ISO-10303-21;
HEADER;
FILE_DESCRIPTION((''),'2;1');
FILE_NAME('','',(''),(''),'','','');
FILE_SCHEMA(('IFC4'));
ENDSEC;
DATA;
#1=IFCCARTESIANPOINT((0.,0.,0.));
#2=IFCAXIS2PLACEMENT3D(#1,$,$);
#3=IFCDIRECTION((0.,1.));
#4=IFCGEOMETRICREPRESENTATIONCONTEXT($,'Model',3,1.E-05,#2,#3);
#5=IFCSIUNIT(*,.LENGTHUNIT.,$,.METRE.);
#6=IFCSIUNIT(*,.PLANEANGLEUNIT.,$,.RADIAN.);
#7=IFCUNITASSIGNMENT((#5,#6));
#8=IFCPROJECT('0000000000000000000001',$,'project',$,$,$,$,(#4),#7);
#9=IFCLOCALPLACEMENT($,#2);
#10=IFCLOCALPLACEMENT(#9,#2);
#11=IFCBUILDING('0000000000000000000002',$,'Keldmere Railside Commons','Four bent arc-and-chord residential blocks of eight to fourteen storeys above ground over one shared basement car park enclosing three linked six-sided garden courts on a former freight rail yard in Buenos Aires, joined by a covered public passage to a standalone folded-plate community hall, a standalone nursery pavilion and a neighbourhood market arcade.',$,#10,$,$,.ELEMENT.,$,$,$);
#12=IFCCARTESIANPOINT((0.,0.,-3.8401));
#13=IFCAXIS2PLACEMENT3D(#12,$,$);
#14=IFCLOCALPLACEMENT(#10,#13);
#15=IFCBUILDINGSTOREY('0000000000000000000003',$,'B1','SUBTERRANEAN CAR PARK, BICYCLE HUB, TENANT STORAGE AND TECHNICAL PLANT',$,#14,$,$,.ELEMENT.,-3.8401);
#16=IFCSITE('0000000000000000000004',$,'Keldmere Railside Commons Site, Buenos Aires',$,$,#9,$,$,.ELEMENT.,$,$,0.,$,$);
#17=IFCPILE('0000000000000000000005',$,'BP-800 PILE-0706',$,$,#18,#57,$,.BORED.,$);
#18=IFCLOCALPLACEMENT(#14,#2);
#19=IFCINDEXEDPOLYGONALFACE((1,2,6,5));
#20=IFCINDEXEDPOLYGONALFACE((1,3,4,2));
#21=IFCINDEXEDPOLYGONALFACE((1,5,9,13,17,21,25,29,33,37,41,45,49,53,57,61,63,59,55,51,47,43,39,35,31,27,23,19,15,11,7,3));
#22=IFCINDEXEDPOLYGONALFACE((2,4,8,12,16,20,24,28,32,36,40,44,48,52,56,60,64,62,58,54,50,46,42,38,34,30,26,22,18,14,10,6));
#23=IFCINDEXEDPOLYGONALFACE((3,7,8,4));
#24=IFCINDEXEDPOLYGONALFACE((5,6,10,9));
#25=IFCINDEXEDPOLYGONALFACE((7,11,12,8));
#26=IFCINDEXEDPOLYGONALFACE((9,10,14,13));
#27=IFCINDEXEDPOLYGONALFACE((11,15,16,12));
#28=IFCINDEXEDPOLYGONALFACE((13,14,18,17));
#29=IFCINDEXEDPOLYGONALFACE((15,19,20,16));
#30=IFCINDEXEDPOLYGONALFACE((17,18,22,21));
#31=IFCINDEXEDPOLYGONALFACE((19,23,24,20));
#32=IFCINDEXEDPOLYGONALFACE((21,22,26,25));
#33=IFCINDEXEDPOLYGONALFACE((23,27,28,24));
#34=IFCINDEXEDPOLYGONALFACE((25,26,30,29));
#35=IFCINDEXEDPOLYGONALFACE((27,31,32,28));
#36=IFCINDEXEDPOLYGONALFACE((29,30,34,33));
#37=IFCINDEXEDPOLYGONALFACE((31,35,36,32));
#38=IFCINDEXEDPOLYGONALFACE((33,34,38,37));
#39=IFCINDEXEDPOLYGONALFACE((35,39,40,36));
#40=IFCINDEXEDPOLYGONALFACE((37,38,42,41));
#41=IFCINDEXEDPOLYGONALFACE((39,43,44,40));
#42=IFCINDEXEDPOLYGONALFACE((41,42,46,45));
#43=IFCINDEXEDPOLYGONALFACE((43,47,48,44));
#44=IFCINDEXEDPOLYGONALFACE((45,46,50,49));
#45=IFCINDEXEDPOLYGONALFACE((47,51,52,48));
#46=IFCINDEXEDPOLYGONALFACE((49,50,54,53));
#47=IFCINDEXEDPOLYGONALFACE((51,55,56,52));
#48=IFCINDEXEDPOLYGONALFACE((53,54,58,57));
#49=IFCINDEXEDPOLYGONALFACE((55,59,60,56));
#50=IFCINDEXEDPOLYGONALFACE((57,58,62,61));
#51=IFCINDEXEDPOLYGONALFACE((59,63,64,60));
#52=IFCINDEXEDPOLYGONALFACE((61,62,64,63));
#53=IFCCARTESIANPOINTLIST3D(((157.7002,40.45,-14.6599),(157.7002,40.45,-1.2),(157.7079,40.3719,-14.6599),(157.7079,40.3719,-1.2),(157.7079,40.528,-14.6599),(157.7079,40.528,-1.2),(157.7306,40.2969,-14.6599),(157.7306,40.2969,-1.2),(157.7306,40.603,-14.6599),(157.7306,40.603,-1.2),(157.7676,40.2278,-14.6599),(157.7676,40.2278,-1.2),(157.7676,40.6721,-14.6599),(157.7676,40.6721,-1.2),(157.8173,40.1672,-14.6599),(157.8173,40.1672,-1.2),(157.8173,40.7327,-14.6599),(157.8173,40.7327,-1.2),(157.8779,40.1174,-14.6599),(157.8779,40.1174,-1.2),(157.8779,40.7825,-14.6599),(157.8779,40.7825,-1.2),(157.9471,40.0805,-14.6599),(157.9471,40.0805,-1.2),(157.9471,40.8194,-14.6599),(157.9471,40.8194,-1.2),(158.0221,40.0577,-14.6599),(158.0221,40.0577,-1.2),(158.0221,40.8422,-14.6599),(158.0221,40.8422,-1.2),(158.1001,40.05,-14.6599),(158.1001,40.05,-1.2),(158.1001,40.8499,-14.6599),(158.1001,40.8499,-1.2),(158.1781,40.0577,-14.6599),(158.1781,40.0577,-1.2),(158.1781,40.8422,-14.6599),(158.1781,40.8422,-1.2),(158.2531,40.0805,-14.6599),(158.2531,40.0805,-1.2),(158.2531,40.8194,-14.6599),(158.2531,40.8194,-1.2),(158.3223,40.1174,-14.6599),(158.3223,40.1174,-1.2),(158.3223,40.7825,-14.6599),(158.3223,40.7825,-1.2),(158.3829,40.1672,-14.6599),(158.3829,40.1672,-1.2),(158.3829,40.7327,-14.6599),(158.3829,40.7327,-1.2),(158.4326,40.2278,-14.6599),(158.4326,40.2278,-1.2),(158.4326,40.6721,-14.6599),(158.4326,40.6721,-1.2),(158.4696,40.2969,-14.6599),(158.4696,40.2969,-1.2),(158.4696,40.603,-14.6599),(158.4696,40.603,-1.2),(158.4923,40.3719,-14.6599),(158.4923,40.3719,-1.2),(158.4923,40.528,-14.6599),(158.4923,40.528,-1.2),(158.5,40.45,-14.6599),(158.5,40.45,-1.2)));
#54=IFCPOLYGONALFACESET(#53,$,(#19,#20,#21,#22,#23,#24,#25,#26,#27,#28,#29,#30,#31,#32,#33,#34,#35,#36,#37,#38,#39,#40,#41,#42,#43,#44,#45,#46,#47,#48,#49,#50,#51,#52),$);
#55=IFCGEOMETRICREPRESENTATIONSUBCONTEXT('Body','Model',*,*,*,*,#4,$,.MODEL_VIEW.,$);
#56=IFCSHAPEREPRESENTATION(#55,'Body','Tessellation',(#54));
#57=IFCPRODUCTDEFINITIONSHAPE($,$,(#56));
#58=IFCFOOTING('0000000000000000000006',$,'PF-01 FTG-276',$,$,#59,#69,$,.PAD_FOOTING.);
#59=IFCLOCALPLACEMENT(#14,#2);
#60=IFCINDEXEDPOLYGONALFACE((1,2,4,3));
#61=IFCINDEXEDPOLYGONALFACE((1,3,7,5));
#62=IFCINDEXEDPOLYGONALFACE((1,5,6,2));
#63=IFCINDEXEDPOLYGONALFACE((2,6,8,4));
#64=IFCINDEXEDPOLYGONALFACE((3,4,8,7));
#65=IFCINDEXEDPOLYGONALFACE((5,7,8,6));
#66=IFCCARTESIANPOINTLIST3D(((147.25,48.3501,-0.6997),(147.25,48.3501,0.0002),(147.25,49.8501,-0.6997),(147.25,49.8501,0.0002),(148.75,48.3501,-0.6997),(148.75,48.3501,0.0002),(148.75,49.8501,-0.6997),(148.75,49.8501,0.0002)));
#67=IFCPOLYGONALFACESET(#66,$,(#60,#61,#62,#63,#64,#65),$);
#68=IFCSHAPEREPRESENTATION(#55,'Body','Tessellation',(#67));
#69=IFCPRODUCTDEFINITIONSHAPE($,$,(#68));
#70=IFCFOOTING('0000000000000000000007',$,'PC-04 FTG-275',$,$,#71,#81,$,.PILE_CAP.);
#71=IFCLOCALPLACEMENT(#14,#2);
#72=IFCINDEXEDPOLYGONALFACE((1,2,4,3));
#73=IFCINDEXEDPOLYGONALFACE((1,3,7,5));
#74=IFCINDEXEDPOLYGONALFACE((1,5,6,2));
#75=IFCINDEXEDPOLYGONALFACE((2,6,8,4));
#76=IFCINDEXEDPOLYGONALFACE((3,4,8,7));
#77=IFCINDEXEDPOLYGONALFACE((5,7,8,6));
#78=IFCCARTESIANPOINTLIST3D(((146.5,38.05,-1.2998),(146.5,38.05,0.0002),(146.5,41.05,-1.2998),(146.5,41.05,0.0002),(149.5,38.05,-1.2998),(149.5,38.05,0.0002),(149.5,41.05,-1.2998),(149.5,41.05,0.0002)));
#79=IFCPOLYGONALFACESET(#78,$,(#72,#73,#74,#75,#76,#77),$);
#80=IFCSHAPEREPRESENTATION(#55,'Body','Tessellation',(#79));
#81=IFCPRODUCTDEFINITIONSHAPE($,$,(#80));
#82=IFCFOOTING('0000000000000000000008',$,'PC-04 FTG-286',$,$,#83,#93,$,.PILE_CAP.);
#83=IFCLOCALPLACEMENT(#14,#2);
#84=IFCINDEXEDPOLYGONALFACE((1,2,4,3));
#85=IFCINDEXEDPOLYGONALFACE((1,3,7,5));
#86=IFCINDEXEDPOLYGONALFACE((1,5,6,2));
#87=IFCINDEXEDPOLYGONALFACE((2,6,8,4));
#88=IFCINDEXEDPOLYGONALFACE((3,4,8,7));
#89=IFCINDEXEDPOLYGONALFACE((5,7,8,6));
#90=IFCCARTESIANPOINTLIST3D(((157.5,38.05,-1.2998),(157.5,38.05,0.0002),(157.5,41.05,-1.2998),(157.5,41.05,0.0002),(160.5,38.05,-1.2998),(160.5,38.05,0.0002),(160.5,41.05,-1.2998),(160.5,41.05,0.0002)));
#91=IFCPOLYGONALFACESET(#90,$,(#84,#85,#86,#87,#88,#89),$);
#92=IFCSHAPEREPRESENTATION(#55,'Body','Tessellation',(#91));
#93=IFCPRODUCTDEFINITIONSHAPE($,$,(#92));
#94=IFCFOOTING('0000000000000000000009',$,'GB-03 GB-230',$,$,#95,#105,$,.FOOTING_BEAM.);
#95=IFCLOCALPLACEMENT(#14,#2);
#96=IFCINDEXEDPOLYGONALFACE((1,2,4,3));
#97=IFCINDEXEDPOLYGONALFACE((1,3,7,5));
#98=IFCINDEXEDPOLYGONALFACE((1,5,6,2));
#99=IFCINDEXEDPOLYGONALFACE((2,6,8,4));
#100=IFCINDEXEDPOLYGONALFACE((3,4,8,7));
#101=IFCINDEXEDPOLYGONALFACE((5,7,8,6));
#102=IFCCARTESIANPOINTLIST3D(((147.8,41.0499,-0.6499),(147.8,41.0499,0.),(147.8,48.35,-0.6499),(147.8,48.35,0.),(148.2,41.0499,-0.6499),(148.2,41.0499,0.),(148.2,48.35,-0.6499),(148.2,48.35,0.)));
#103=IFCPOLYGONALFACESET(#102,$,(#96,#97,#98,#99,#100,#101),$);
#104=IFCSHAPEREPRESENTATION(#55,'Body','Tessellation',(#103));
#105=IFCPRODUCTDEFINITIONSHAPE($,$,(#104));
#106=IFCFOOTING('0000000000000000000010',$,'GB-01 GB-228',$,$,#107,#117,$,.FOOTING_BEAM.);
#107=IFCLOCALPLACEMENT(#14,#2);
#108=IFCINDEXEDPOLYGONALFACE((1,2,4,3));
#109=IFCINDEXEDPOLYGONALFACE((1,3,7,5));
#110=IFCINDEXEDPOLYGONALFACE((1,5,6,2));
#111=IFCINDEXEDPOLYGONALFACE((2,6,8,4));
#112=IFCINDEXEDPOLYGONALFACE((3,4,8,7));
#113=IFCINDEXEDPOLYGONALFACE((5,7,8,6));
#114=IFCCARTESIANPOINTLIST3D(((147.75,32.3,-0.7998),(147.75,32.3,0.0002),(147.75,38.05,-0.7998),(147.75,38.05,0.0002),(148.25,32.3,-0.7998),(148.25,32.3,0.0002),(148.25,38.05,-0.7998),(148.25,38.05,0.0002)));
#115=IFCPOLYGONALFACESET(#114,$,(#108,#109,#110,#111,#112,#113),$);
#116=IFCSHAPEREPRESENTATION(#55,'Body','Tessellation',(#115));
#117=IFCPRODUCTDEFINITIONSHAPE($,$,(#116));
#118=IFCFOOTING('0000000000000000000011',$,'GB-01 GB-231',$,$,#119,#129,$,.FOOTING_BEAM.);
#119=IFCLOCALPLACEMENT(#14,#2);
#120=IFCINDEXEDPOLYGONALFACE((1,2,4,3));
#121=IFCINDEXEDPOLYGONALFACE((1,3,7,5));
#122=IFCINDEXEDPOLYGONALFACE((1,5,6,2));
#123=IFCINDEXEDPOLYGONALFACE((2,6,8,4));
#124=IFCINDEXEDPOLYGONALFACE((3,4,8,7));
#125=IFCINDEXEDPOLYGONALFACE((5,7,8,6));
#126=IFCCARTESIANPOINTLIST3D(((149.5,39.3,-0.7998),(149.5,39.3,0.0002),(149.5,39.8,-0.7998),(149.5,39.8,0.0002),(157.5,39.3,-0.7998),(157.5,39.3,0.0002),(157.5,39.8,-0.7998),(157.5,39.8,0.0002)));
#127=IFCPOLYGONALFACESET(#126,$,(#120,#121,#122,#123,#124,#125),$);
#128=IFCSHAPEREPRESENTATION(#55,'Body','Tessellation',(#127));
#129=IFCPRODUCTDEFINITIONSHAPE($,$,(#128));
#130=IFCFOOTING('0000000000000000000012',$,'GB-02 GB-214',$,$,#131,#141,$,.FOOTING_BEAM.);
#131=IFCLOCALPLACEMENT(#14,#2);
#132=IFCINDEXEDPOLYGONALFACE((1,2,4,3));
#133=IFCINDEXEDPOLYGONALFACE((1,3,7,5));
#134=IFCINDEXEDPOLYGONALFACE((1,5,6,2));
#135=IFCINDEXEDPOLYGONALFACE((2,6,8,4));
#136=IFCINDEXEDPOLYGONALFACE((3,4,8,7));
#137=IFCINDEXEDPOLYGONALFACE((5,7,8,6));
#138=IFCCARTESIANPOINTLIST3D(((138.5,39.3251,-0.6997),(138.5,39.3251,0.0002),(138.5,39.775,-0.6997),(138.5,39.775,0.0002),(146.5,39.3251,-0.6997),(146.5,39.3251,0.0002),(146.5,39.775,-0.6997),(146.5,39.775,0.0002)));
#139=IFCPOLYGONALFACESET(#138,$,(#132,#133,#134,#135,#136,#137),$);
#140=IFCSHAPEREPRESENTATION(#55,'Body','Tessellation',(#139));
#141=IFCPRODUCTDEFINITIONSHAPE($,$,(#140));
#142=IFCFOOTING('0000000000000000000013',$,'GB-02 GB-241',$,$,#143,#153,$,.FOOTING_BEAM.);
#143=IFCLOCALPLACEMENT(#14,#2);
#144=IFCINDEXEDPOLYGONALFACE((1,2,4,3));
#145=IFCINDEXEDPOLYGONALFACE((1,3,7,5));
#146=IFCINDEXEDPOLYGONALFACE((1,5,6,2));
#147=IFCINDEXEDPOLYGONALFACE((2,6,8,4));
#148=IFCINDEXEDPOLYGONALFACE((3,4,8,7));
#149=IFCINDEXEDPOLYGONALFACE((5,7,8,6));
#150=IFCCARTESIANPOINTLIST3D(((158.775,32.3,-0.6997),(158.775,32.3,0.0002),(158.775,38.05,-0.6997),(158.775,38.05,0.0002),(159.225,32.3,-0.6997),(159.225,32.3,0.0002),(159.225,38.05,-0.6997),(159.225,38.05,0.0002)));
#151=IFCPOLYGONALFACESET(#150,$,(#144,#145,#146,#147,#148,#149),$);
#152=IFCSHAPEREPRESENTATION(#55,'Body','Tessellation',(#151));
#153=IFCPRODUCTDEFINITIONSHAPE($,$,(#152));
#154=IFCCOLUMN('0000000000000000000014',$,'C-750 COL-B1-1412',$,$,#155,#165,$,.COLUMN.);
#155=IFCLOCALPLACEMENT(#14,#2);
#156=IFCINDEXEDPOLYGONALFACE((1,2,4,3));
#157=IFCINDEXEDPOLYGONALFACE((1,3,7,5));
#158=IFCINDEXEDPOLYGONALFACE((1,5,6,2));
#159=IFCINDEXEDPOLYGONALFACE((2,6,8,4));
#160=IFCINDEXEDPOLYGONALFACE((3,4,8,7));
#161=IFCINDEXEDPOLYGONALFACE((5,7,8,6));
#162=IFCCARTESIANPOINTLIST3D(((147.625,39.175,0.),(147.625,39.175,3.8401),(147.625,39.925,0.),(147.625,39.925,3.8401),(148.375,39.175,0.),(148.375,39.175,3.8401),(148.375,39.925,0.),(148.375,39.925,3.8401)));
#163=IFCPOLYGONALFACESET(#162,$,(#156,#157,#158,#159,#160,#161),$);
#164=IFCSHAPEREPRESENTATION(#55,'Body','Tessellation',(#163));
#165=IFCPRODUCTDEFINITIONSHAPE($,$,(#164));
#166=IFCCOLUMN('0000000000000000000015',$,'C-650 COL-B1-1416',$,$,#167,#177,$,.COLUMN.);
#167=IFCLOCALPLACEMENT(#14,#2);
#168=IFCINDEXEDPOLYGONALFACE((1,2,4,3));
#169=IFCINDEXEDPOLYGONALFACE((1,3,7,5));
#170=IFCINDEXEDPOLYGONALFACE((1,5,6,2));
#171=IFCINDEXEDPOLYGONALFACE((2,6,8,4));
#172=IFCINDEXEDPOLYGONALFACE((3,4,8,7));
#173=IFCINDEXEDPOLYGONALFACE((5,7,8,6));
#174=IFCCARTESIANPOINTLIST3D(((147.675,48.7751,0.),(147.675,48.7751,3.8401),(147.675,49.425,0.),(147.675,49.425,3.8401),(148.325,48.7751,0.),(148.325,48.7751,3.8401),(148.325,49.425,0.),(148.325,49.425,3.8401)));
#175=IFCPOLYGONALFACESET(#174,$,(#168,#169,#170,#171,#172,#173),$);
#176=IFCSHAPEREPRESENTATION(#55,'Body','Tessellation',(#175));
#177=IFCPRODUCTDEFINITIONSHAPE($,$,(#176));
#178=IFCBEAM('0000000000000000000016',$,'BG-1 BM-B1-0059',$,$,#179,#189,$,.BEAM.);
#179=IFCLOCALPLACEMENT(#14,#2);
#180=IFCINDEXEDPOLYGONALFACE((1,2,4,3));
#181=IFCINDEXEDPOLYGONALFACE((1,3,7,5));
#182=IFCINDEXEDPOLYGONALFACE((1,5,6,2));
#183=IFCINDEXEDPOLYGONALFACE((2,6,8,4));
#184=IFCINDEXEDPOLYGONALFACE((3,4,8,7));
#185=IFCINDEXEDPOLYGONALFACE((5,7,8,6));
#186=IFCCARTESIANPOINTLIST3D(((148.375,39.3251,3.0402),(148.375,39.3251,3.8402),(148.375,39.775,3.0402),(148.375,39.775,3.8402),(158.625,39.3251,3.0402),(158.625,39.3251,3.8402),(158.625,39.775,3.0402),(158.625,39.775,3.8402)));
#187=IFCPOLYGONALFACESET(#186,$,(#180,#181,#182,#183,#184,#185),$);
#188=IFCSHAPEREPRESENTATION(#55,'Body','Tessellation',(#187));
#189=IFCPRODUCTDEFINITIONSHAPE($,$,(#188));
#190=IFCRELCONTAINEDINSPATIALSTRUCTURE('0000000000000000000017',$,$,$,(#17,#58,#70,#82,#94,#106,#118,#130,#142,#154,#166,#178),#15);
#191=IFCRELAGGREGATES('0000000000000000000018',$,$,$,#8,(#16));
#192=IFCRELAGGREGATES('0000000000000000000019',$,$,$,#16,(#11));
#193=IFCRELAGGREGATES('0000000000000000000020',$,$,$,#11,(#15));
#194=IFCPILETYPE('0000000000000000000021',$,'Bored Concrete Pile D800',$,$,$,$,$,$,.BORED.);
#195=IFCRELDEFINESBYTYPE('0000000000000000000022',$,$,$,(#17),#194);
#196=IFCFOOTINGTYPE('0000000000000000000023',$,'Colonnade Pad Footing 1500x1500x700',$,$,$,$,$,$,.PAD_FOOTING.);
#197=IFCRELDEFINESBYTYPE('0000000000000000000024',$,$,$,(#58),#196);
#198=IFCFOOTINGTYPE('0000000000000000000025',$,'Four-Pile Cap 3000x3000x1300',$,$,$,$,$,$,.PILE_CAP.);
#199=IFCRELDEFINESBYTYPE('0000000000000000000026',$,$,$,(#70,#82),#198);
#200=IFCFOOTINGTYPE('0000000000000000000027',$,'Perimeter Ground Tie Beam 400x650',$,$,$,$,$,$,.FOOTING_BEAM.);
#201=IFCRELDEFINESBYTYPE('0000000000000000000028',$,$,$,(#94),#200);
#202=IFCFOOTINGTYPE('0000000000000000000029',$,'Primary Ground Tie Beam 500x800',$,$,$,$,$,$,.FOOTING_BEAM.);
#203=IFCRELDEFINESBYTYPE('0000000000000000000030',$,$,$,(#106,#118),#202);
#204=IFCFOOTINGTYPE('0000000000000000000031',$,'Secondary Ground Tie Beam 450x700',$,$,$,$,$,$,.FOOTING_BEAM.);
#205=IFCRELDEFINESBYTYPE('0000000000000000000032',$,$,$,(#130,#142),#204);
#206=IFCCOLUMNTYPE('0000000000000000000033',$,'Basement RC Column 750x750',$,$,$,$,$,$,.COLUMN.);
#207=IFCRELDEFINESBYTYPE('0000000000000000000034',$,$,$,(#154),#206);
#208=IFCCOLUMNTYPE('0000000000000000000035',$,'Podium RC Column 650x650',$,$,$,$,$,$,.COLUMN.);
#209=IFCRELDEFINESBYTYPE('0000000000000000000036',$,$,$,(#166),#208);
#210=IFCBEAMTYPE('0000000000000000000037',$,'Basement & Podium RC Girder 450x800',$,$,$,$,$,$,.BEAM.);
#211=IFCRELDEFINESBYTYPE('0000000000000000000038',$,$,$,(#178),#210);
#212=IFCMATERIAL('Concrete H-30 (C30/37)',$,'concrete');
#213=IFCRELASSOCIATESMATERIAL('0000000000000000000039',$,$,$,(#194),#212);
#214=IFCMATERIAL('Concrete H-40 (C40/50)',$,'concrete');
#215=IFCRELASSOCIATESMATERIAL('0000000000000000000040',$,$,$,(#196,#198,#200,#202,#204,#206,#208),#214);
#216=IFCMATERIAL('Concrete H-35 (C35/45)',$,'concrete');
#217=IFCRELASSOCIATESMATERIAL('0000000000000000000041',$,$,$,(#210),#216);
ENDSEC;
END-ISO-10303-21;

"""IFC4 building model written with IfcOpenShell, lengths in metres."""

from ifc_helpers import new_model, si_unit, direction, frame, origin, origin_2d, place, context, subcontext, project, spatial, rectangle, circle, extrude, material, material_profile, profile_set, type_object, element, save


model = new_model("IFC4")

# Units and contexts
model_context = context("Model", 3, precision=1e-05, world=origin(), true_north=direction((0.0, 1.0)))
body_context = subcontext(model_context, "Body", "Model", "MODEL_VIEW")
ifc_project = project(units=[si_unit("LENGTHUNIT", "METRE"), si_unit("PLANEANGLEUNIT", "RADIAN")], contexts=[model_context])

# Site, building, storey
site_placement = place(None, origin())
site = spatial("IfcSite", under=ifc_project, at=site_placement, Name="Keldmere Railside Commons Site, Buenos Aires", CompositionType="ELEMENT", RefElevation=0.0)
building_placement = place(site_placement, origin())
building = spatial("IfcBuilding", under=site, at=building_placement, Name="Keldmere Railside Commons", Description="Four bent arc-and-chord residential blocks of eight to fourteen storeys above ground over one shared basement car park enclosing three linked six-sided garden courts on a former freight rail yard in Buenos Aires, joined by a covered public passage to a standalone folded-plate community hall, a standalone nursery pavilion and a neighbourhood market arcade.", CompositionType="ELEMENT")
storey_placement = place(building_placement, frame((0.0, 0.0, -3.8401)))
storey = spatial("IfcBuildingStorey", under=building, at=storey_placement, Name="B1", Description="SUBTERRANEAN CAR PARK, BICYCLE HUB, TENANT STORAGE AND TECHNICAL PLANT", CompositionType="ELEMENT", Elevation=-3.8401)

# Pile
ifc_material_1 = material(Name="Concrete H-30 (C30/37)", Category="concrete")
ifc_material_profile_1 = material_profile(ifc_material_1, circle(Radius=0.3999, at=origin_2d()), Name="PILE-D800")
ifc_profile_set_1 = profile_set([ifc_material_profile_1], Name="Concrete H-30 (C30/37)")
pile_type = type_object("IfcPileType", Name="Bored Concrete Pile D800", PredefinedType="BORED", material=ifc_profile_set_1)
for number, where, z_axis, x_axis, name in (
    (1, (158.1001, 40.45, -1.2), (0.0, 0.0, -1.0), (1.0, 0.0, 0.0), "BP-800 PILE-0706"),
):
    element("IfcPile", number, at=place(storey_placement, frame(where, z_axis=z_axis, x_axis=x_axis)), inside=storey, type_object=pile_type, Name=name, PredefinedType="BORED", context=body_context, shape_type="SweptSolid", body=[
        extrude(circle(Radius=0.3999, at=origin_2d()), origin(), (0.0, 0.0, 1.0), 13.46),
    ])

# Footings
ifc_material_2 = material(Name="Concrete H-40 (C40/50)", Category="concrete")
footing_type_1 = type_object("IfcFootingType", Name="Colonnade Pad Footing 1500x1500x700", PredefinedType="PAD_FOOTING", material=ifc_material_2)
footing_1_placement = place(storey_placement, frame((148.0, 49.1001, -0.6997), z_axis=(0.0, 0.0, 1.0), x_axis=(1.0, 0.0, 0.0)))
element("IfcFooting", 2, at=footing_1_placement, inside=storey, type_object=footing_type_1, Name="PF-01 FTG-276", PredefinedType="PAD_FOOTING", context=body_context, shape_type="SweptSolid", body=[
    extrude(rectangle(XDim=1.5, YDim=1.5, at=origin_2d()), origin(), (0.0, 0.0, 1.0), 0.7),
])
footing_type_2 = type_object("IfcFootingType", Name="Four-Pile Cap 3000x3000x1300", PredefinedType="PILE_CAP", material=ifc_material_2)
for number, where, z_axis, x_axis, name in (
    (3, (148.0, 39.55, -1.2998), (0.0, 0.0, 1.0), (1.0, 0.0, 0.0), "PC-04 FTG-275"),
    (4, (159.0, 39.55, -1.2998), (0.0, 0.0, 1.0), (1.0, 0.0, 0.0), "PC-04 FTG-286"),
):
    element("IfcFooting", number, at=place(storey_placement, frame(where, z_axis=z_axis, x_axis=x_axis)), inside=storey, type_object=footing_type_2, Name=name, PredefinedType="PILE_CAP", context=body_context, shape_type="SweptSolid", body=[
        extrude(rectangle(XDim=3.0, YDim=3.0, at=origin_2d()), origin(), (0.0, 0.0, 1.0), 1.3),
    ])
footing_type_3 = type_object("IfcFootingType", Name="Perimeter Ground Tie Beam 400x650", PredefinedType="FOOTING_BEAM", material=ifc_material_2)
footing_2_placement = place(storey_placement, frame((148.0, 44.7, -0.6499), z_axis=(0.0, 0.0, 1.0), x_axis=(0.0, 1.0, 0.0)))
element("IfcFooting", 5, at=footing_2_placement, inside=storey, type_object=footing_type_3, Name="GB-03 GB-230", PredefinedType="FOOTING_BEAM", context=body_context, shape_type="SweptSolid", body=[
    extrude(rectangle(XDim=7.3, YDim=0.3999, at=origin_2d()), origin(), (0.0, 0.0, 1.0), 0.6499),
])
footing_type_4 = type_object("IfcFootingType", Name="Primary Ground Tie Beam 500x800", PredefinedType="FOOTING_BEAM", material=ifc_material_2)
footing_3_placement = place(storey_placement, frame((148.0, 35.175, -0.7998), z_axis=(0.0, 0.0, 1.0), x_axis=(0.0, 1.0, 0.0)))
element("IfcFooting", 6, at=footing_3_placement, inside=storey, type_object=footing_type_4, Name="GB-01 GB-228", PredefinedType="FOOTING_BEAM", context=body_context, shape_type="SweptSolid", body=[
    extrude(rectangle(XDim=5.75, YDim=0.5, at=origin_2d()), origin(), (0.0, 0.0, 1.0), 0.8),
])
footing_4_placement = place(storey_placement, frame((153.5, 39.55, -0.7998), z_axis=(0.0, 0.0, 1.0), x_axis=(1.0, 0.0, 0.0)))
element("IfcFooting", 7, at=footing_4_placement, inside=storey, type_object=footing_type_4, Name="GB-01 GB-231", PredefinedType="FOOTING_BEAM", context=body_context, shape_type="SweptSolid", body=[
    extrude(rectangle(XDim=8.0, YDim=0.5, at=origin_2d()), origin(), (0.0, 0.0, 1.0), 0.8),
])
footing_type_5 = type_object("IfcFootingType", Name="Secondary Ground Tie Beam 450x700", PredefinedType="FOOTING_BEAM", material=ifc_material_2)
footing_5_placement = place(storey_placement, frame((142.5, 39.55, -0.6997), z_axis=(0.0, 0.0, 1.0), x_axis=(1.0, 0.0, 0.0)))
element("IfcFooting", 8, at=footing_5_placement, inside=storey, type_object=footing_type_5, Name="GB-02 GB-214", PredefinedType="FOOTING_BEAM", context=body_context, shape_type="SweptSolid", body=[
    extrude(rectangle(XDim=8.0, YDim=0.45, at=origin_2d()), origin(), (0.0, 0.0, 1.0), 0.7),
])
footing_6_placement = place(storey_placement, frame((159.0, 35.175, -0.6997), z_axis=(0.0, 0.0, 1.0), x_axis=(0.0, 1.0, 0.0)))
element("IfcFooting", 9, at=footing_6_placement, inside=storey, type_object=footing_type_5, Name="GB-02 GB-241", PredefinedType="FOOTING_BEAM", context=body_context, shape_type="SweptSolid", body=[
    extrude(rectangle(XDim=5.75, YDim=0.45, at=origin_2d()), origin(), (0.0, 0.0, 1.0), 0.7),
])

# Columns
ifc_material_profile_2 = material_profile(ifc_material_2, rectangle(XDim=0.75, YDim=0.75, at=origin_2d()), Name="RC-750x750")
ifc_profile_set_2 = profile_set([ifc_material_profile_2], Name="Concrete H-40 (C40/50)")
column_type_1 = type_object("IfcColumnType", Name="Basement RC Column 750x750", PredefinedType="COLUMN", material=ifc_profile_set_2)
column_1_placement = place(storey_placement, frame((148.0, 39.55, 0.0), z_axis=(0.0, 0.0, 1.0), x_axis=(1.0, 0.0, 0.0)))
element("IfcColumn", 10, at=column_1_placement, inside=storey, type_object=column_type_1, Name="C-750 COL-B1-1412", PredefinedType="COLUMN", context=body_context, shape_type="SweptSolid", body=[
    extrude(rectangle(XDim=0.75, YDim=0.75, at=origin_2d()), origin(), (0.0, 0.0, 1.0), 3.8401),
])
ifc_material_profile_3 = material_profile(ifc_material_2, rectangle(XDim=0.6499, YDim=0.6499, at=origin_2d()), Name="RC-650x650")
ifc_profile_set_3 = profile_set([ifc_material_profile_3], Name="Concrete H-40 (C40/50)")
column_type_2 = type_object("IfcColumnType", Name="Podium RC Column 650x650", PredefinedType="COLUMN", material=ifc_profile_set_3)
column_2_placement = place(storey_placement, frame((148.0, 49.1001, 0.0), z_axis=(0.0, 0.0, 1.0), x_axis=(1.0, 0.0, 0.0)))
element("IfcColumn", 11, at=column_2_placement, inside=storey, type_object=column_type_2, Name="C-650 COL-B1-1416", PredefinedType="COLUMN", context=body_context, shape_type="SweptSolid", body=[
    extrude(rectangle(XDim=0.6499, YDim=0.6499, at=origin_2d()), origin(), (0.0, 0.0, 1.0), 3.8401),
])

# Beam
ifc_material_3 = material(Name="Concrete H-35 (C35/45)", Category="concrete")
ifc_material_profile_4 = material_profile(ifc_material_3, rectangle(XDim=0.45, YDim=0.8, at=origin_2d()), Name="RC-450x800")
ifc_profile_set_4 = profile_set([ifc_material_profile_4], Name="Concrete H-35 (C35/45)")
beam_type_1 = type_object("IfcBeamType", Name="Basement & Podium RC Girder 450x800", PredefinedType="BEAM", material=ifc_profile_set_4)
beam_1_placement = place(storey_placement, frame((148.375, 39.55, 3.4402), z_axis=(1.0, 0.0, 0.0), x_axis=(0.0, 1.0, 0.0)))
element("IfcBeam", 12, at=beam_1_placement, inside=storey, type_object=beam_type_1, Name="BG-1 BM-B1-0059", PredefinedType="BEAM", context=body_context, shape_type="SweptSolid", body=[
    extrude(rectangle(XDim=0.45, YDim=0.8, at=origin_2d()), origin(), (0.0, 0.0, 1.0), 10.25),
])

save(model, "model.ifc")
